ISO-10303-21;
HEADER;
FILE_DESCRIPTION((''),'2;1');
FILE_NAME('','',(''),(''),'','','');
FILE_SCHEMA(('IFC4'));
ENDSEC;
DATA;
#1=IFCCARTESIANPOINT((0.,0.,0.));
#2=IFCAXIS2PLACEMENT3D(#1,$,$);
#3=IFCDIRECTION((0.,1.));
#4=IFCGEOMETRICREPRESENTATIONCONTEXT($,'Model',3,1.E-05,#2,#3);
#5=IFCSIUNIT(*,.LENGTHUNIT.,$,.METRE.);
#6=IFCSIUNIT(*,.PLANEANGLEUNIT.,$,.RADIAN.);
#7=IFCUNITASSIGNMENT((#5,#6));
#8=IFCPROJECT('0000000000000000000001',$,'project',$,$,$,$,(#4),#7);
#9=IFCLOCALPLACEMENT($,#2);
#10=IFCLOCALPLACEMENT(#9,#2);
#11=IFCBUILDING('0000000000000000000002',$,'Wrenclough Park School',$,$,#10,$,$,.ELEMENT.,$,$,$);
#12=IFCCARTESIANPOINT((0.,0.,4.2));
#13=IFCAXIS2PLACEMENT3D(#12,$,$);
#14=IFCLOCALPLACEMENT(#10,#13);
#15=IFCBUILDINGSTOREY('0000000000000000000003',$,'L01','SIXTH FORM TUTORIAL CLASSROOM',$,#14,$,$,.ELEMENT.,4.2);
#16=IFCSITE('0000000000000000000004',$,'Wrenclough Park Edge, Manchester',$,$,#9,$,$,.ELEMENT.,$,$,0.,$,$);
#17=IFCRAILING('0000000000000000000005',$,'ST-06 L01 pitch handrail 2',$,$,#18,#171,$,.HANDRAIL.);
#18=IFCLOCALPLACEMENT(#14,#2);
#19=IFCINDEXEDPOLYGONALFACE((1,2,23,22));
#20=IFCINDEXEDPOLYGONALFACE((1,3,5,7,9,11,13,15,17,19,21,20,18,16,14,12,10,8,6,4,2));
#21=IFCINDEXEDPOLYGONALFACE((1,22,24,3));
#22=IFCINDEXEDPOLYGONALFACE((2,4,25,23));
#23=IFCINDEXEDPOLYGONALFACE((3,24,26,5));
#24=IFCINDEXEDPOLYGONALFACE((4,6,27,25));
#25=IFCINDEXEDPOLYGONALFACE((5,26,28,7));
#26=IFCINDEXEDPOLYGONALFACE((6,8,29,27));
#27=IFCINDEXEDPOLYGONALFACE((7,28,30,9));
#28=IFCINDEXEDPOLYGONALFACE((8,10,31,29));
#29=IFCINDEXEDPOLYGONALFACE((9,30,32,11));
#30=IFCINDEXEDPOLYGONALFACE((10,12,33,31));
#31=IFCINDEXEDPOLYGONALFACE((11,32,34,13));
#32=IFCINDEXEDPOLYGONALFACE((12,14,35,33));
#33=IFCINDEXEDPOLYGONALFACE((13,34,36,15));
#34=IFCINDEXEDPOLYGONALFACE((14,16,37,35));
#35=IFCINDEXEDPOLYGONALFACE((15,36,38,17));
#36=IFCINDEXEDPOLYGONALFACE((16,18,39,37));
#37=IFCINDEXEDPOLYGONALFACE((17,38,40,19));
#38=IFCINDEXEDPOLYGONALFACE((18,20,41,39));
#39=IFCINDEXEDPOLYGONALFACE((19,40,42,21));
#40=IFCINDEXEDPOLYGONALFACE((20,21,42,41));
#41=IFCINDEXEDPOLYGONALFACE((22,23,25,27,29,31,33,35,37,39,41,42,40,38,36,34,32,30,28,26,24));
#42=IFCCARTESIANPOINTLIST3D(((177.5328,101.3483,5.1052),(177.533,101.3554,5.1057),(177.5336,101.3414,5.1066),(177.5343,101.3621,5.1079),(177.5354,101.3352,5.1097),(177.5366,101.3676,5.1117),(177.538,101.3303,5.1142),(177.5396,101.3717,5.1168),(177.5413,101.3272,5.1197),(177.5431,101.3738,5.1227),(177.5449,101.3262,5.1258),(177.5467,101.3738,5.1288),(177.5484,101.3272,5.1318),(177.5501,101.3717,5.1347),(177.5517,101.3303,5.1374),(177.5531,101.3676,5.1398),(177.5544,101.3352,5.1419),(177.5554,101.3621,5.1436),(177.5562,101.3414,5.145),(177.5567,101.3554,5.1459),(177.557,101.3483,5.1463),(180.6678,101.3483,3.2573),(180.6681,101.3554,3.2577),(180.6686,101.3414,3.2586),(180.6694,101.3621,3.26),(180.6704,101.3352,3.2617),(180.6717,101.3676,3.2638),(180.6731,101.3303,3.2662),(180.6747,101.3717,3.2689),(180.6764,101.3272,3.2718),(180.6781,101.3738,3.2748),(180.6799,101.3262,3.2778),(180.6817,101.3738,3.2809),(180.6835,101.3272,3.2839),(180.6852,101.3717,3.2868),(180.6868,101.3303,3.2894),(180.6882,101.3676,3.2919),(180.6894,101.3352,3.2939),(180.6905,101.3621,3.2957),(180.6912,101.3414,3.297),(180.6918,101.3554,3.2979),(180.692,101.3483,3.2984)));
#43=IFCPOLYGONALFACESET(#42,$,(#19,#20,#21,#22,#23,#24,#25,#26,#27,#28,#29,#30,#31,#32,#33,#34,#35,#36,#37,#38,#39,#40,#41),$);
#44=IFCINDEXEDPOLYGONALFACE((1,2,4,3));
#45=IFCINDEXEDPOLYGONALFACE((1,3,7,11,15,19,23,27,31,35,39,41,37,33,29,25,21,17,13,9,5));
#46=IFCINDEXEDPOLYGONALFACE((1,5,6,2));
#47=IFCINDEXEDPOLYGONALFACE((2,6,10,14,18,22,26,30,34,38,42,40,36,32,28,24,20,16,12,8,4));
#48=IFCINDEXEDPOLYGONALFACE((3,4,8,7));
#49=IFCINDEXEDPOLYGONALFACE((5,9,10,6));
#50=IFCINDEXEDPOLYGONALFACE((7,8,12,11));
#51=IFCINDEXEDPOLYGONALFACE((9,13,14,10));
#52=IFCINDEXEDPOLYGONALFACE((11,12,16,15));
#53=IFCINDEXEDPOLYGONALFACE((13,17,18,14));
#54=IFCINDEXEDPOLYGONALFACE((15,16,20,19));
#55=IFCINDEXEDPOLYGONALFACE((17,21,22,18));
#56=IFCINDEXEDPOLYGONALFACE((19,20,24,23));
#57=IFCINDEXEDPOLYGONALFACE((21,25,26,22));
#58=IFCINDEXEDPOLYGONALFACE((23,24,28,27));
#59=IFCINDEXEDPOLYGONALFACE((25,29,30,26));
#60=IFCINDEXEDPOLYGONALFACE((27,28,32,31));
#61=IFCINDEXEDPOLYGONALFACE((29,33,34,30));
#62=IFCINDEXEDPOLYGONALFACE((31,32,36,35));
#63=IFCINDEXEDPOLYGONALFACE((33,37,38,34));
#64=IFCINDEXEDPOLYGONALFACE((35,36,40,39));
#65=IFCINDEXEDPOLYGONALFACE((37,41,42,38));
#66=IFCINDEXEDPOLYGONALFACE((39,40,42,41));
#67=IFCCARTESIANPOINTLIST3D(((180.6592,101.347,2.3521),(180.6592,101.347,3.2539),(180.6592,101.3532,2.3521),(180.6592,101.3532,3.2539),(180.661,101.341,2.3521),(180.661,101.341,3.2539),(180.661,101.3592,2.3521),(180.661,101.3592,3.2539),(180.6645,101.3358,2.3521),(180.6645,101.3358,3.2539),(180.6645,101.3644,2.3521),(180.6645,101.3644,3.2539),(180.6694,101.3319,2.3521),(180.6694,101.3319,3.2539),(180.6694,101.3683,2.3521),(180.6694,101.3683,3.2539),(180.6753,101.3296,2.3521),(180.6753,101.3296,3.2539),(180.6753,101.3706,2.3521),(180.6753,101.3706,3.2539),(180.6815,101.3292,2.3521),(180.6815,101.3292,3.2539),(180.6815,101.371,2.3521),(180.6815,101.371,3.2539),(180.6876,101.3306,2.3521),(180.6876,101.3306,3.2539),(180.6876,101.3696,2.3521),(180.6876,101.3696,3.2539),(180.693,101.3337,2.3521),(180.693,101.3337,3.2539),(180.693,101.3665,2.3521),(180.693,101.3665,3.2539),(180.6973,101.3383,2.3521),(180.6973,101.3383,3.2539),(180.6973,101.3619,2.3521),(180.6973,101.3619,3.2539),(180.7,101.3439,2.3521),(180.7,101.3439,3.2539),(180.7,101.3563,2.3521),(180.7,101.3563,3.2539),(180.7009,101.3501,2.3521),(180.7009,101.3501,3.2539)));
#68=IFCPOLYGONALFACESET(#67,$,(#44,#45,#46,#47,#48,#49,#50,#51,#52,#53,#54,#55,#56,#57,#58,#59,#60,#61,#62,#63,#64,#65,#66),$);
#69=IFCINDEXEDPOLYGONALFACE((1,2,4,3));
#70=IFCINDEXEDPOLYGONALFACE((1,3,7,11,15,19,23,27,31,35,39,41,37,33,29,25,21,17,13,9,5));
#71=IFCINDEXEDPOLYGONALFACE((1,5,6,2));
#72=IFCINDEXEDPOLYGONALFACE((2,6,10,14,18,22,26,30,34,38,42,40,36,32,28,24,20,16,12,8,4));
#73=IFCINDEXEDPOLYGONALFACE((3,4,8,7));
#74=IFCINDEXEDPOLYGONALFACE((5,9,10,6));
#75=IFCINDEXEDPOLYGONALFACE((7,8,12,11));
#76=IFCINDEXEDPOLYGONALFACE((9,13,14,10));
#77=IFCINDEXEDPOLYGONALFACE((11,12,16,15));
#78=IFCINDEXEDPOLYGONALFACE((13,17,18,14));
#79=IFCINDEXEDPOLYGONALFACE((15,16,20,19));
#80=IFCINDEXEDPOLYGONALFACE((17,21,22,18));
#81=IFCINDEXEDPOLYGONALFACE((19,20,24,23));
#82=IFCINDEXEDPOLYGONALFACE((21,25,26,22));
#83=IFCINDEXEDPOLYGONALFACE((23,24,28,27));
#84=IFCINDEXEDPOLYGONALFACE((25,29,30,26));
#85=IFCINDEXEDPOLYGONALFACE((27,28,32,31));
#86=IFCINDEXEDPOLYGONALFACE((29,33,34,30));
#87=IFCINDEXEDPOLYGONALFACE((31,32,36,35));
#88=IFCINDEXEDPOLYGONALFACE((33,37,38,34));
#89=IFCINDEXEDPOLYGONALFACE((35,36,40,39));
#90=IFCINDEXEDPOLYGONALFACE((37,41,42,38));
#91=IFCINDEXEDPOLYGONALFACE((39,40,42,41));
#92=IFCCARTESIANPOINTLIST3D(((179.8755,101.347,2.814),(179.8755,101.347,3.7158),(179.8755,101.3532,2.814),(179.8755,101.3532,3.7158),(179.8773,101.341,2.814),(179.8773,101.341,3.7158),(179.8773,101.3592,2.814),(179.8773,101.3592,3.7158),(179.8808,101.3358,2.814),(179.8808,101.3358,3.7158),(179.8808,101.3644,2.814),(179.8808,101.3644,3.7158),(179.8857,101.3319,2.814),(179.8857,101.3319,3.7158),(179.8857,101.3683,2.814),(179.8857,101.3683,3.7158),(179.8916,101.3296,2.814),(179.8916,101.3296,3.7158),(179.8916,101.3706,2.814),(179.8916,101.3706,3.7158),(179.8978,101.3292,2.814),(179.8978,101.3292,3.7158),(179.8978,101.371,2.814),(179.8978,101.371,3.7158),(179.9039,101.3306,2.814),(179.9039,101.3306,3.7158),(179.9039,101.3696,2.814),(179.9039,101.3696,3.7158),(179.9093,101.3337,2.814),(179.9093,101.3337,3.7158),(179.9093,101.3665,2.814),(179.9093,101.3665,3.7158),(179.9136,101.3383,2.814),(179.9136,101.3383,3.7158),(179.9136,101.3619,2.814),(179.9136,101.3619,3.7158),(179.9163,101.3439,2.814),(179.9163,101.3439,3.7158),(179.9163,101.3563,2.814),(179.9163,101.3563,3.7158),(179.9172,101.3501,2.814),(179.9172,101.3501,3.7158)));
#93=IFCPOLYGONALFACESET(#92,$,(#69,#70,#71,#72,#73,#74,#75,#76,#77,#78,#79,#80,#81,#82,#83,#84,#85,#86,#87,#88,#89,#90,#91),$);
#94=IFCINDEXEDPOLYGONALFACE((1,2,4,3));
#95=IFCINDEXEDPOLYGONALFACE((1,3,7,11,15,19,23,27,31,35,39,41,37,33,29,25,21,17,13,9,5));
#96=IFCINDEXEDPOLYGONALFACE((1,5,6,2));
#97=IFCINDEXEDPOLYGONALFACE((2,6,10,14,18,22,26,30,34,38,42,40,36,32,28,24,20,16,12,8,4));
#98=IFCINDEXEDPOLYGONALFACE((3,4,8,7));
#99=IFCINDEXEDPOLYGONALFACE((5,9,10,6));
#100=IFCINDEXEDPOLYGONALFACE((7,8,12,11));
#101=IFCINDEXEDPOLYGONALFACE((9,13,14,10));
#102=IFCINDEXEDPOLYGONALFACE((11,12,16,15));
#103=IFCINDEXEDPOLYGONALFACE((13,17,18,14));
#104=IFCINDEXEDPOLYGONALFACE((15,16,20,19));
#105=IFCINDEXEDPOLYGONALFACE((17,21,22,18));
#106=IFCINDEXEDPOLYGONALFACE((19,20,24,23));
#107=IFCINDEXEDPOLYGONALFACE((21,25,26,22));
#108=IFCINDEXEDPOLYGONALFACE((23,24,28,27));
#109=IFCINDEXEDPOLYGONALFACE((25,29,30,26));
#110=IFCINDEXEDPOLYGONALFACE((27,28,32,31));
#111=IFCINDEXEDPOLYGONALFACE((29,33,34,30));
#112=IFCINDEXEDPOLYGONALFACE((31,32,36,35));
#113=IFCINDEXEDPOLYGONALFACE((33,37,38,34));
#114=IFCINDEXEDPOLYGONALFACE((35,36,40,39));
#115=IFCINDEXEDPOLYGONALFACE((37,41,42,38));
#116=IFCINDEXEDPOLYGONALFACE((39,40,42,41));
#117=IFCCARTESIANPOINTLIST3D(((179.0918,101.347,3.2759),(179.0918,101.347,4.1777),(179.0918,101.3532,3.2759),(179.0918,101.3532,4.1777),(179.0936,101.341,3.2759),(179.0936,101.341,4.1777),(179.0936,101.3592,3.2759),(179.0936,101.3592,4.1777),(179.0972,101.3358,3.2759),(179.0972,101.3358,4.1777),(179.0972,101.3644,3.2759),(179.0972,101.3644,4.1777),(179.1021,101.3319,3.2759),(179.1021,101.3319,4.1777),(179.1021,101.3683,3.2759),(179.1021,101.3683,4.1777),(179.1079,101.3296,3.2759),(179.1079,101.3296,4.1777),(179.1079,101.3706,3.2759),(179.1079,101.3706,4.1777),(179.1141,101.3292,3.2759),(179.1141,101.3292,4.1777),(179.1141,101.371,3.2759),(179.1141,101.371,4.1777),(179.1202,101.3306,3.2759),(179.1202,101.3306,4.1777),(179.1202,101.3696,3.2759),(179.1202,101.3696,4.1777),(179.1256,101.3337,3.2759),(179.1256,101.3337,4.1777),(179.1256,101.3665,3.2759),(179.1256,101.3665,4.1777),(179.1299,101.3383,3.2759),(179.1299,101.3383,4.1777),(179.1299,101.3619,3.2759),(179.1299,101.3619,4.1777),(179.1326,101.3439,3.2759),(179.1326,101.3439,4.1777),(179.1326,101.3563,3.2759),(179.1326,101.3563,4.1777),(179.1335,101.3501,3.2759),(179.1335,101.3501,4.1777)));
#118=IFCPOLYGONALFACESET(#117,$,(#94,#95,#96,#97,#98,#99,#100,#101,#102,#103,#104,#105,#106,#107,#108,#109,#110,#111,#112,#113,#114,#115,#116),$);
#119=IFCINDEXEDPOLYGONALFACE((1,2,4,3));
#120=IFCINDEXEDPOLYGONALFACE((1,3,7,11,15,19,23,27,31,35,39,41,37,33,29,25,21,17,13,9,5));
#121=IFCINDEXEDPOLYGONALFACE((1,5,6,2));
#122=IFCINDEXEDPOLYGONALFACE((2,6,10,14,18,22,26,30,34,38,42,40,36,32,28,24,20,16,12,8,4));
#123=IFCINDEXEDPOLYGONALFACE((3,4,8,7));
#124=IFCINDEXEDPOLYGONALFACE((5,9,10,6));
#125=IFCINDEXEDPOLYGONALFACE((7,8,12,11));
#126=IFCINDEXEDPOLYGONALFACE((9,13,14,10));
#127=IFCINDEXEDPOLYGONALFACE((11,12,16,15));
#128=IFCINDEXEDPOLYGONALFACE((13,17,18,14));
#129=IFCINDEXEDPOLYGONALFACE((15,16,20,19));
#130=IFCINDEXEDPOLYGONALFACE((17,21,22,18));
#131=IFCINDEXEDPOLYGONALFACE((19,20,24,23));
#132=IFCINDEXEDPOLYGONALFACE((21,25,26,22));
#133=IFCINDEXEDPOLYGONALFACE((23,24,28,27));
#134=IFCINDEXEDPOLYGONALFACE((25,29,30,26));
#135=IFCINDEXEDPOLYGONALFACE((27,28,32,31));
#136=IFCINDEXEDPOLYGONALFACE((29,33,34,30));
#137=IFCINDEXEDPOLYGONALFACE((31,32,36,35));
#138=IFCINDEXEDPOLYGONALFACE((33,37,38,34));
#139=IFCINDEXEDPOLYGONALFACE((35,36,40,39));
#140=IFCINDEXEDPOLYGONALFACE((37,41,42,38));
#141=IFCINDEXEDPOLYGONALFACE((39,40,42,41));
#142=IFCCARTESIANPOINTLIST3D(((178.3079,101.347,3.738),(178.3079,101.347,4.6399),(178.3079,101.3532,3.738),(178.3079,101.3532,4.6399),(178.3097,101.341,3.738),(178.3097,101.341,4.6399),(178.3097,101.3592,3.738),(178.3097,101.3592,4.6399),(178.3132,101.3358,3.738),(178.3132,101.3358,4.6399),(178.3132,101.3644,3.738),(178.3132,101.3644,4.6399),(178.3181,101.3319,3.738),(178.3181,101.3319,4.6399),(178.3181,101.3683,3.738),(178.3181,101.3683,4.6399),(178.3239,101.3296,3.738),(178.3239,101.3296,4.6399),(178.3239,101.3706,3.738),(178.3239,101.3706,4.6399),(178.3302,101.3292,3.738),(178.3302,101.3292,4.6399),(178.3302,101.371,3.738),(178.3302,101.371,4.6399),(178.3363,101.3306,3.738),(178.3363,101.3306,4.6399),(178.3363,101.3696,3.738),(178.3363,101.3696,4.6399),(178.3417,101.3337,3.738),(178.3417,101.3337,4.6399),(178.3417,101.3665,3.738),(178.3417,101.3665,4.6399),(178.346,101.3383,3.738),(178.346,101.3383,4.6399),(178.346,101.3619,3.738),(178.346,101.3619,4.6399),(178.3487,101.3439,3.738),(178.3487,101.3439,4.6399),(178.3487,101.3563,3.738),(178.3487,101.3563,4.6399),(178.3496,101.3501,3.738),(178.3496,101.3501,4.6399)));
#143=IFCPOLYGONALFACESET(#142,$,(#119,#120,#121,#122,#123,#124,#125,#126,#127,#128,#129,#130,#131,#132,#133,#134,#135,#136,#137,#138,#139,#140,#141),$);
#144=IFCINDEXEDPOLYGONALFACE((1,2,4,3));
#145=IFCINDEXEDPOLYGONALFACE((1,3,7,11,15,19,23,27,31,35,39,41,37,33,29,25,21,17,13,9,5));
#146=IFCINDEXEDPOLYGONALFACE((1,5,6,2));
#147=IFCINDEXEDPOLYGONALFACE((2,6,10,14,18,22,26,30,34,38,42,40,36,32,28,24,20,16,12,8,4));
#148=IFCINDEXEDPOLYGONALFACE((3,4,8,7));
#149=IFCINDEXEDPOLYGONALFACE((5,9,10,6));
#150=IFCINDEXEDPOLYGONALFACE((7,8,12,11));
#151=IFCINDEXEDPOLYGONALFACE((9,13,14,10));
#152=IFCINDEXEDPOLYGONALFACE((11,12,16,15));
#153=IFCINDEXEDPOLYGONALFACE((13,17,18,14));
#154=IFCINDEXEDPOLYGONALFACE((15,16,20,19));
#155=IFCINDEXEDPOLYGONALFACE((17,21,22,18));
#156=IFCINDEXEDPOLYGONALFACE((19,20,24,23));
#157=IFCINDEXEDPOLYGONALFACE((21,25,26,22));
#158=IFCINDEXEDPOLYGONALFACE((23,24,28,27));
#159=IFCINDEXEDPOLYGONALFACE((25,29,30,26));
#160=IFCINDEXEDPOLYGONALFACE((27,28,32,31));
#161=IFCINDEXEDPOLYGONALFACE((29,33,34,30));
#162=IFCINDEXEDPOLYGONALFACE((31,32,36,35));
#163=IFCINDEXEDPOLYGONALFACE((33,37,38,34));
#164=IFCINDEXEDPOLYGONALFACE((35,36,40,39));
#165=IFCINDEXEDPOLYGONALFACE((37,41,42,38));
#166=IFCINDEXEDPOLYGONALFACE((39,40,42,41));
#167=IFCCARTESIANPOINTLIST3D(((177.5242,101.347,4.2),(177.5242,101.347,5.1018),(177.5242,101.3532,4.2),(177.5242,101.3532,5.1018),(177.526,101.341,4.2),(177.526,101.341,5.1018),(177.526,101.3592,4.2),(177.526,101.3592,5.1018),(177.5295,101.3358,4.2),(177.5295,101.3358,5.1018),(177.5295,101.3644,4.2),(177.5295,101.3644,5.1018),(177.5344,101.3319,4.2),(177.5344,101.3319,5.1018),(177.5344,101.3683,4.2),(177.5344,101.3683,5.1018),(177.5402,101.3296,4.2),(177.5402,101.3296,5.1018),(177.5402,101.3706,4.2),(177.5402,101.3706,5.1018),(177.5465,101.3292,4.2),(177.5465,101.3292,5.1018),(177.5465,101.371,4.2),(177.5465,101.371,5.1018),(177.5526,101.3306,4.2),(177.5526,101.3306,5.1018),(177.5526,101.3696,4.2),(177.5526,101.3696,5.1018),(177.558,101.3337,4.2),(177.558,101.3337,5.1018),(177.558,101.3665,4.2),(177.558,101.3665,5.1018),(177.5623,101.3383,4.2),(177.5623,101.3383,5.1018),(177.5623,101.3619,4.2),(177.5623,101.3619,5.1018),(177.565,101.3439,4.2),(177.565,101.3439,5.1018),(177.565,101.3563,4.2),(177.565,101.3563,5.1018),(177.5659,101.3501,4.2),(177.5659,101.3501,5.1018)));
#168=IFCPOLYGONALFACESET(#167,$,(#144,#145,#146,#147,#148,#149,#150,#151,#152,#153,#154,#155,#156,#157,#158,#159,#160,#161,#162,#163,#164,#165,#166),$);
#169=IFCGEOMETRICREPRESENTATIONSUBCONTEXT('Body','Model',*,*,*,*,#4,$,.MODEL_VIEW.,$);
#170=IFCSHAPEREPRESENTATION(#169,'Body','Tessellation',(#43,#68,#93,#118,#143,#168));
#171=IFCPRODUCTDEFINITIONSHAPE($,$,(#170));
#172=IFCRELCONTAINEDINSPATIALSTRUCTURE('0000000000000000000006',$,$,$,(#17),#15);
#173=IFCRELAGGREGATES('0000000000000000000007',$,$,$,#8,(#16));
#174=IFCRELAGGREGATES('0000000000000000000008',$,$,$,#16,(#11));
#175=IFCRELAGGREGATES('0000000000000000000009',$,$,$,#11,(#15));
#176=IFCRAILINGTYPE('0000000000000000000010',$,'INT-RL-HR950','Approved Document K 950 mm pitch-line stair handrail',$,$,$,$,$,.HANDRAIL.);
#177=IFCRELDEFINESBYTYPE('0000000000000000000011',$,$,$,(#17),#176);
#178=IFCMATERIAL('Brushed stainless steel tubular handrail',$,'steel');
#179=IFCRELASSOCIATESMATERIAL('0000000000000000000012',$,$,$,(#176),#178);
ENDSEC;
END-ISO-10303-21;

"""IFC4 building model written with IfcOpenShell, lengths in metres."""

from ifc_helpers import new_model, si_unit, direction, frame, origin, origin_2d, place, context, subcontext, project, spatial, circle, extrude, material, type_object, element, save


model = new_model("IFC4")

# Units and contexts
model_context = context("Model", 3, precision=1e-05, world=origin(), true_north=direction((0.0, 1.0)))
body_context = subcontext(model_context, "Body", "Model", "MODEL_VIEW")
ifc_project = project(units=[si_unit("LENGTHUNIT", "METRE"), si_unit("PLANEANGLEUNIT", "RADIAN")], contexts=[model_context])

# Site, building, storey
site_placement = place(None, origin())
site = spatial("IfcSite", under=ifc_project, at=site_placement, Name="Wrenclough Park Edge, Manchester", CompositionType="ELEMENT", RefElevation=0.0)
building_placement = place(site_placement, origin())
building = spatial("IfcBuilding", under=site, at=building_placement, Name="Wrenclough Park School", CompositionType="ELEMENT")
storey_placement = place(building_placement, frame((0.0, 0.0, 4.2)))
storey = spatial("IfcBuildingStorey", under=building, at=storey_placement, Name="L01", Description="SIXTH FORM TUTORIAL CLASSROOM", CompositionType="ELEMENT", Elevation=4.2)

# Railing
ifc_material_1 = material(Name="Brushed stainless steel tubular handrail", Category="steel")
railing_type = type_object("IfcRailingType", Name="INT-RL-HR950", Description="Approved Document K 950 mm pitch-line stair handrail", PredefinedType="HANDRAIL", material=ifc_material_1)
railing_placement = place(storey_placement, frame((180.6799, 101.3501, 2.3521)))
element("IfcRailing", 1, at=railing_placement, inside=storey, type_object=railing_type, Name="ST-06 L01 pitch handrail 2", PredefinedType="HANDRAIL", context=body_context, shape_type="SweptSolid", body=[
    extrude(circle(Radius=0.0239, at=origin_2d()), frame((0.0, 0.0, 0.9258), z_axis=(-0.86148, 0.0, 0.507791), x_axis=(0.0, -1.0, 0.0)), (0.0, 0.0, 1.0), 3.6392),
    extrude(circle(Radius=0.021, at=origin_2d()), origin(), (0.0, 0.0, 1.0), 0.9019),
    extrude(circle(Radius=0.021, at=origin_2d()), frame((-0.7837, 0.0, 0.4619)), (0.0, 0.0, 1.0), 0.9019),
    extrude(circle(Radius=0.021, at=origin_2d()), frame((-1.5674, 0.0, 0.9238)), (0.0, 0.0, 1.0), 0.9019),
    extrude(circle(Radius=0.021, at=origin_2d()), frame((-2.3513, 0.0, 1.386)), (0.0, 0.0, 1.0), 0.9019),
    extrude(circle(Radius=0.021, at=origin_2d()), frame((-3.135, 0.0, 1.8479)), (0.0, 0.0, 1.0), 0.9019),
])

save(model, "model.ifc")
